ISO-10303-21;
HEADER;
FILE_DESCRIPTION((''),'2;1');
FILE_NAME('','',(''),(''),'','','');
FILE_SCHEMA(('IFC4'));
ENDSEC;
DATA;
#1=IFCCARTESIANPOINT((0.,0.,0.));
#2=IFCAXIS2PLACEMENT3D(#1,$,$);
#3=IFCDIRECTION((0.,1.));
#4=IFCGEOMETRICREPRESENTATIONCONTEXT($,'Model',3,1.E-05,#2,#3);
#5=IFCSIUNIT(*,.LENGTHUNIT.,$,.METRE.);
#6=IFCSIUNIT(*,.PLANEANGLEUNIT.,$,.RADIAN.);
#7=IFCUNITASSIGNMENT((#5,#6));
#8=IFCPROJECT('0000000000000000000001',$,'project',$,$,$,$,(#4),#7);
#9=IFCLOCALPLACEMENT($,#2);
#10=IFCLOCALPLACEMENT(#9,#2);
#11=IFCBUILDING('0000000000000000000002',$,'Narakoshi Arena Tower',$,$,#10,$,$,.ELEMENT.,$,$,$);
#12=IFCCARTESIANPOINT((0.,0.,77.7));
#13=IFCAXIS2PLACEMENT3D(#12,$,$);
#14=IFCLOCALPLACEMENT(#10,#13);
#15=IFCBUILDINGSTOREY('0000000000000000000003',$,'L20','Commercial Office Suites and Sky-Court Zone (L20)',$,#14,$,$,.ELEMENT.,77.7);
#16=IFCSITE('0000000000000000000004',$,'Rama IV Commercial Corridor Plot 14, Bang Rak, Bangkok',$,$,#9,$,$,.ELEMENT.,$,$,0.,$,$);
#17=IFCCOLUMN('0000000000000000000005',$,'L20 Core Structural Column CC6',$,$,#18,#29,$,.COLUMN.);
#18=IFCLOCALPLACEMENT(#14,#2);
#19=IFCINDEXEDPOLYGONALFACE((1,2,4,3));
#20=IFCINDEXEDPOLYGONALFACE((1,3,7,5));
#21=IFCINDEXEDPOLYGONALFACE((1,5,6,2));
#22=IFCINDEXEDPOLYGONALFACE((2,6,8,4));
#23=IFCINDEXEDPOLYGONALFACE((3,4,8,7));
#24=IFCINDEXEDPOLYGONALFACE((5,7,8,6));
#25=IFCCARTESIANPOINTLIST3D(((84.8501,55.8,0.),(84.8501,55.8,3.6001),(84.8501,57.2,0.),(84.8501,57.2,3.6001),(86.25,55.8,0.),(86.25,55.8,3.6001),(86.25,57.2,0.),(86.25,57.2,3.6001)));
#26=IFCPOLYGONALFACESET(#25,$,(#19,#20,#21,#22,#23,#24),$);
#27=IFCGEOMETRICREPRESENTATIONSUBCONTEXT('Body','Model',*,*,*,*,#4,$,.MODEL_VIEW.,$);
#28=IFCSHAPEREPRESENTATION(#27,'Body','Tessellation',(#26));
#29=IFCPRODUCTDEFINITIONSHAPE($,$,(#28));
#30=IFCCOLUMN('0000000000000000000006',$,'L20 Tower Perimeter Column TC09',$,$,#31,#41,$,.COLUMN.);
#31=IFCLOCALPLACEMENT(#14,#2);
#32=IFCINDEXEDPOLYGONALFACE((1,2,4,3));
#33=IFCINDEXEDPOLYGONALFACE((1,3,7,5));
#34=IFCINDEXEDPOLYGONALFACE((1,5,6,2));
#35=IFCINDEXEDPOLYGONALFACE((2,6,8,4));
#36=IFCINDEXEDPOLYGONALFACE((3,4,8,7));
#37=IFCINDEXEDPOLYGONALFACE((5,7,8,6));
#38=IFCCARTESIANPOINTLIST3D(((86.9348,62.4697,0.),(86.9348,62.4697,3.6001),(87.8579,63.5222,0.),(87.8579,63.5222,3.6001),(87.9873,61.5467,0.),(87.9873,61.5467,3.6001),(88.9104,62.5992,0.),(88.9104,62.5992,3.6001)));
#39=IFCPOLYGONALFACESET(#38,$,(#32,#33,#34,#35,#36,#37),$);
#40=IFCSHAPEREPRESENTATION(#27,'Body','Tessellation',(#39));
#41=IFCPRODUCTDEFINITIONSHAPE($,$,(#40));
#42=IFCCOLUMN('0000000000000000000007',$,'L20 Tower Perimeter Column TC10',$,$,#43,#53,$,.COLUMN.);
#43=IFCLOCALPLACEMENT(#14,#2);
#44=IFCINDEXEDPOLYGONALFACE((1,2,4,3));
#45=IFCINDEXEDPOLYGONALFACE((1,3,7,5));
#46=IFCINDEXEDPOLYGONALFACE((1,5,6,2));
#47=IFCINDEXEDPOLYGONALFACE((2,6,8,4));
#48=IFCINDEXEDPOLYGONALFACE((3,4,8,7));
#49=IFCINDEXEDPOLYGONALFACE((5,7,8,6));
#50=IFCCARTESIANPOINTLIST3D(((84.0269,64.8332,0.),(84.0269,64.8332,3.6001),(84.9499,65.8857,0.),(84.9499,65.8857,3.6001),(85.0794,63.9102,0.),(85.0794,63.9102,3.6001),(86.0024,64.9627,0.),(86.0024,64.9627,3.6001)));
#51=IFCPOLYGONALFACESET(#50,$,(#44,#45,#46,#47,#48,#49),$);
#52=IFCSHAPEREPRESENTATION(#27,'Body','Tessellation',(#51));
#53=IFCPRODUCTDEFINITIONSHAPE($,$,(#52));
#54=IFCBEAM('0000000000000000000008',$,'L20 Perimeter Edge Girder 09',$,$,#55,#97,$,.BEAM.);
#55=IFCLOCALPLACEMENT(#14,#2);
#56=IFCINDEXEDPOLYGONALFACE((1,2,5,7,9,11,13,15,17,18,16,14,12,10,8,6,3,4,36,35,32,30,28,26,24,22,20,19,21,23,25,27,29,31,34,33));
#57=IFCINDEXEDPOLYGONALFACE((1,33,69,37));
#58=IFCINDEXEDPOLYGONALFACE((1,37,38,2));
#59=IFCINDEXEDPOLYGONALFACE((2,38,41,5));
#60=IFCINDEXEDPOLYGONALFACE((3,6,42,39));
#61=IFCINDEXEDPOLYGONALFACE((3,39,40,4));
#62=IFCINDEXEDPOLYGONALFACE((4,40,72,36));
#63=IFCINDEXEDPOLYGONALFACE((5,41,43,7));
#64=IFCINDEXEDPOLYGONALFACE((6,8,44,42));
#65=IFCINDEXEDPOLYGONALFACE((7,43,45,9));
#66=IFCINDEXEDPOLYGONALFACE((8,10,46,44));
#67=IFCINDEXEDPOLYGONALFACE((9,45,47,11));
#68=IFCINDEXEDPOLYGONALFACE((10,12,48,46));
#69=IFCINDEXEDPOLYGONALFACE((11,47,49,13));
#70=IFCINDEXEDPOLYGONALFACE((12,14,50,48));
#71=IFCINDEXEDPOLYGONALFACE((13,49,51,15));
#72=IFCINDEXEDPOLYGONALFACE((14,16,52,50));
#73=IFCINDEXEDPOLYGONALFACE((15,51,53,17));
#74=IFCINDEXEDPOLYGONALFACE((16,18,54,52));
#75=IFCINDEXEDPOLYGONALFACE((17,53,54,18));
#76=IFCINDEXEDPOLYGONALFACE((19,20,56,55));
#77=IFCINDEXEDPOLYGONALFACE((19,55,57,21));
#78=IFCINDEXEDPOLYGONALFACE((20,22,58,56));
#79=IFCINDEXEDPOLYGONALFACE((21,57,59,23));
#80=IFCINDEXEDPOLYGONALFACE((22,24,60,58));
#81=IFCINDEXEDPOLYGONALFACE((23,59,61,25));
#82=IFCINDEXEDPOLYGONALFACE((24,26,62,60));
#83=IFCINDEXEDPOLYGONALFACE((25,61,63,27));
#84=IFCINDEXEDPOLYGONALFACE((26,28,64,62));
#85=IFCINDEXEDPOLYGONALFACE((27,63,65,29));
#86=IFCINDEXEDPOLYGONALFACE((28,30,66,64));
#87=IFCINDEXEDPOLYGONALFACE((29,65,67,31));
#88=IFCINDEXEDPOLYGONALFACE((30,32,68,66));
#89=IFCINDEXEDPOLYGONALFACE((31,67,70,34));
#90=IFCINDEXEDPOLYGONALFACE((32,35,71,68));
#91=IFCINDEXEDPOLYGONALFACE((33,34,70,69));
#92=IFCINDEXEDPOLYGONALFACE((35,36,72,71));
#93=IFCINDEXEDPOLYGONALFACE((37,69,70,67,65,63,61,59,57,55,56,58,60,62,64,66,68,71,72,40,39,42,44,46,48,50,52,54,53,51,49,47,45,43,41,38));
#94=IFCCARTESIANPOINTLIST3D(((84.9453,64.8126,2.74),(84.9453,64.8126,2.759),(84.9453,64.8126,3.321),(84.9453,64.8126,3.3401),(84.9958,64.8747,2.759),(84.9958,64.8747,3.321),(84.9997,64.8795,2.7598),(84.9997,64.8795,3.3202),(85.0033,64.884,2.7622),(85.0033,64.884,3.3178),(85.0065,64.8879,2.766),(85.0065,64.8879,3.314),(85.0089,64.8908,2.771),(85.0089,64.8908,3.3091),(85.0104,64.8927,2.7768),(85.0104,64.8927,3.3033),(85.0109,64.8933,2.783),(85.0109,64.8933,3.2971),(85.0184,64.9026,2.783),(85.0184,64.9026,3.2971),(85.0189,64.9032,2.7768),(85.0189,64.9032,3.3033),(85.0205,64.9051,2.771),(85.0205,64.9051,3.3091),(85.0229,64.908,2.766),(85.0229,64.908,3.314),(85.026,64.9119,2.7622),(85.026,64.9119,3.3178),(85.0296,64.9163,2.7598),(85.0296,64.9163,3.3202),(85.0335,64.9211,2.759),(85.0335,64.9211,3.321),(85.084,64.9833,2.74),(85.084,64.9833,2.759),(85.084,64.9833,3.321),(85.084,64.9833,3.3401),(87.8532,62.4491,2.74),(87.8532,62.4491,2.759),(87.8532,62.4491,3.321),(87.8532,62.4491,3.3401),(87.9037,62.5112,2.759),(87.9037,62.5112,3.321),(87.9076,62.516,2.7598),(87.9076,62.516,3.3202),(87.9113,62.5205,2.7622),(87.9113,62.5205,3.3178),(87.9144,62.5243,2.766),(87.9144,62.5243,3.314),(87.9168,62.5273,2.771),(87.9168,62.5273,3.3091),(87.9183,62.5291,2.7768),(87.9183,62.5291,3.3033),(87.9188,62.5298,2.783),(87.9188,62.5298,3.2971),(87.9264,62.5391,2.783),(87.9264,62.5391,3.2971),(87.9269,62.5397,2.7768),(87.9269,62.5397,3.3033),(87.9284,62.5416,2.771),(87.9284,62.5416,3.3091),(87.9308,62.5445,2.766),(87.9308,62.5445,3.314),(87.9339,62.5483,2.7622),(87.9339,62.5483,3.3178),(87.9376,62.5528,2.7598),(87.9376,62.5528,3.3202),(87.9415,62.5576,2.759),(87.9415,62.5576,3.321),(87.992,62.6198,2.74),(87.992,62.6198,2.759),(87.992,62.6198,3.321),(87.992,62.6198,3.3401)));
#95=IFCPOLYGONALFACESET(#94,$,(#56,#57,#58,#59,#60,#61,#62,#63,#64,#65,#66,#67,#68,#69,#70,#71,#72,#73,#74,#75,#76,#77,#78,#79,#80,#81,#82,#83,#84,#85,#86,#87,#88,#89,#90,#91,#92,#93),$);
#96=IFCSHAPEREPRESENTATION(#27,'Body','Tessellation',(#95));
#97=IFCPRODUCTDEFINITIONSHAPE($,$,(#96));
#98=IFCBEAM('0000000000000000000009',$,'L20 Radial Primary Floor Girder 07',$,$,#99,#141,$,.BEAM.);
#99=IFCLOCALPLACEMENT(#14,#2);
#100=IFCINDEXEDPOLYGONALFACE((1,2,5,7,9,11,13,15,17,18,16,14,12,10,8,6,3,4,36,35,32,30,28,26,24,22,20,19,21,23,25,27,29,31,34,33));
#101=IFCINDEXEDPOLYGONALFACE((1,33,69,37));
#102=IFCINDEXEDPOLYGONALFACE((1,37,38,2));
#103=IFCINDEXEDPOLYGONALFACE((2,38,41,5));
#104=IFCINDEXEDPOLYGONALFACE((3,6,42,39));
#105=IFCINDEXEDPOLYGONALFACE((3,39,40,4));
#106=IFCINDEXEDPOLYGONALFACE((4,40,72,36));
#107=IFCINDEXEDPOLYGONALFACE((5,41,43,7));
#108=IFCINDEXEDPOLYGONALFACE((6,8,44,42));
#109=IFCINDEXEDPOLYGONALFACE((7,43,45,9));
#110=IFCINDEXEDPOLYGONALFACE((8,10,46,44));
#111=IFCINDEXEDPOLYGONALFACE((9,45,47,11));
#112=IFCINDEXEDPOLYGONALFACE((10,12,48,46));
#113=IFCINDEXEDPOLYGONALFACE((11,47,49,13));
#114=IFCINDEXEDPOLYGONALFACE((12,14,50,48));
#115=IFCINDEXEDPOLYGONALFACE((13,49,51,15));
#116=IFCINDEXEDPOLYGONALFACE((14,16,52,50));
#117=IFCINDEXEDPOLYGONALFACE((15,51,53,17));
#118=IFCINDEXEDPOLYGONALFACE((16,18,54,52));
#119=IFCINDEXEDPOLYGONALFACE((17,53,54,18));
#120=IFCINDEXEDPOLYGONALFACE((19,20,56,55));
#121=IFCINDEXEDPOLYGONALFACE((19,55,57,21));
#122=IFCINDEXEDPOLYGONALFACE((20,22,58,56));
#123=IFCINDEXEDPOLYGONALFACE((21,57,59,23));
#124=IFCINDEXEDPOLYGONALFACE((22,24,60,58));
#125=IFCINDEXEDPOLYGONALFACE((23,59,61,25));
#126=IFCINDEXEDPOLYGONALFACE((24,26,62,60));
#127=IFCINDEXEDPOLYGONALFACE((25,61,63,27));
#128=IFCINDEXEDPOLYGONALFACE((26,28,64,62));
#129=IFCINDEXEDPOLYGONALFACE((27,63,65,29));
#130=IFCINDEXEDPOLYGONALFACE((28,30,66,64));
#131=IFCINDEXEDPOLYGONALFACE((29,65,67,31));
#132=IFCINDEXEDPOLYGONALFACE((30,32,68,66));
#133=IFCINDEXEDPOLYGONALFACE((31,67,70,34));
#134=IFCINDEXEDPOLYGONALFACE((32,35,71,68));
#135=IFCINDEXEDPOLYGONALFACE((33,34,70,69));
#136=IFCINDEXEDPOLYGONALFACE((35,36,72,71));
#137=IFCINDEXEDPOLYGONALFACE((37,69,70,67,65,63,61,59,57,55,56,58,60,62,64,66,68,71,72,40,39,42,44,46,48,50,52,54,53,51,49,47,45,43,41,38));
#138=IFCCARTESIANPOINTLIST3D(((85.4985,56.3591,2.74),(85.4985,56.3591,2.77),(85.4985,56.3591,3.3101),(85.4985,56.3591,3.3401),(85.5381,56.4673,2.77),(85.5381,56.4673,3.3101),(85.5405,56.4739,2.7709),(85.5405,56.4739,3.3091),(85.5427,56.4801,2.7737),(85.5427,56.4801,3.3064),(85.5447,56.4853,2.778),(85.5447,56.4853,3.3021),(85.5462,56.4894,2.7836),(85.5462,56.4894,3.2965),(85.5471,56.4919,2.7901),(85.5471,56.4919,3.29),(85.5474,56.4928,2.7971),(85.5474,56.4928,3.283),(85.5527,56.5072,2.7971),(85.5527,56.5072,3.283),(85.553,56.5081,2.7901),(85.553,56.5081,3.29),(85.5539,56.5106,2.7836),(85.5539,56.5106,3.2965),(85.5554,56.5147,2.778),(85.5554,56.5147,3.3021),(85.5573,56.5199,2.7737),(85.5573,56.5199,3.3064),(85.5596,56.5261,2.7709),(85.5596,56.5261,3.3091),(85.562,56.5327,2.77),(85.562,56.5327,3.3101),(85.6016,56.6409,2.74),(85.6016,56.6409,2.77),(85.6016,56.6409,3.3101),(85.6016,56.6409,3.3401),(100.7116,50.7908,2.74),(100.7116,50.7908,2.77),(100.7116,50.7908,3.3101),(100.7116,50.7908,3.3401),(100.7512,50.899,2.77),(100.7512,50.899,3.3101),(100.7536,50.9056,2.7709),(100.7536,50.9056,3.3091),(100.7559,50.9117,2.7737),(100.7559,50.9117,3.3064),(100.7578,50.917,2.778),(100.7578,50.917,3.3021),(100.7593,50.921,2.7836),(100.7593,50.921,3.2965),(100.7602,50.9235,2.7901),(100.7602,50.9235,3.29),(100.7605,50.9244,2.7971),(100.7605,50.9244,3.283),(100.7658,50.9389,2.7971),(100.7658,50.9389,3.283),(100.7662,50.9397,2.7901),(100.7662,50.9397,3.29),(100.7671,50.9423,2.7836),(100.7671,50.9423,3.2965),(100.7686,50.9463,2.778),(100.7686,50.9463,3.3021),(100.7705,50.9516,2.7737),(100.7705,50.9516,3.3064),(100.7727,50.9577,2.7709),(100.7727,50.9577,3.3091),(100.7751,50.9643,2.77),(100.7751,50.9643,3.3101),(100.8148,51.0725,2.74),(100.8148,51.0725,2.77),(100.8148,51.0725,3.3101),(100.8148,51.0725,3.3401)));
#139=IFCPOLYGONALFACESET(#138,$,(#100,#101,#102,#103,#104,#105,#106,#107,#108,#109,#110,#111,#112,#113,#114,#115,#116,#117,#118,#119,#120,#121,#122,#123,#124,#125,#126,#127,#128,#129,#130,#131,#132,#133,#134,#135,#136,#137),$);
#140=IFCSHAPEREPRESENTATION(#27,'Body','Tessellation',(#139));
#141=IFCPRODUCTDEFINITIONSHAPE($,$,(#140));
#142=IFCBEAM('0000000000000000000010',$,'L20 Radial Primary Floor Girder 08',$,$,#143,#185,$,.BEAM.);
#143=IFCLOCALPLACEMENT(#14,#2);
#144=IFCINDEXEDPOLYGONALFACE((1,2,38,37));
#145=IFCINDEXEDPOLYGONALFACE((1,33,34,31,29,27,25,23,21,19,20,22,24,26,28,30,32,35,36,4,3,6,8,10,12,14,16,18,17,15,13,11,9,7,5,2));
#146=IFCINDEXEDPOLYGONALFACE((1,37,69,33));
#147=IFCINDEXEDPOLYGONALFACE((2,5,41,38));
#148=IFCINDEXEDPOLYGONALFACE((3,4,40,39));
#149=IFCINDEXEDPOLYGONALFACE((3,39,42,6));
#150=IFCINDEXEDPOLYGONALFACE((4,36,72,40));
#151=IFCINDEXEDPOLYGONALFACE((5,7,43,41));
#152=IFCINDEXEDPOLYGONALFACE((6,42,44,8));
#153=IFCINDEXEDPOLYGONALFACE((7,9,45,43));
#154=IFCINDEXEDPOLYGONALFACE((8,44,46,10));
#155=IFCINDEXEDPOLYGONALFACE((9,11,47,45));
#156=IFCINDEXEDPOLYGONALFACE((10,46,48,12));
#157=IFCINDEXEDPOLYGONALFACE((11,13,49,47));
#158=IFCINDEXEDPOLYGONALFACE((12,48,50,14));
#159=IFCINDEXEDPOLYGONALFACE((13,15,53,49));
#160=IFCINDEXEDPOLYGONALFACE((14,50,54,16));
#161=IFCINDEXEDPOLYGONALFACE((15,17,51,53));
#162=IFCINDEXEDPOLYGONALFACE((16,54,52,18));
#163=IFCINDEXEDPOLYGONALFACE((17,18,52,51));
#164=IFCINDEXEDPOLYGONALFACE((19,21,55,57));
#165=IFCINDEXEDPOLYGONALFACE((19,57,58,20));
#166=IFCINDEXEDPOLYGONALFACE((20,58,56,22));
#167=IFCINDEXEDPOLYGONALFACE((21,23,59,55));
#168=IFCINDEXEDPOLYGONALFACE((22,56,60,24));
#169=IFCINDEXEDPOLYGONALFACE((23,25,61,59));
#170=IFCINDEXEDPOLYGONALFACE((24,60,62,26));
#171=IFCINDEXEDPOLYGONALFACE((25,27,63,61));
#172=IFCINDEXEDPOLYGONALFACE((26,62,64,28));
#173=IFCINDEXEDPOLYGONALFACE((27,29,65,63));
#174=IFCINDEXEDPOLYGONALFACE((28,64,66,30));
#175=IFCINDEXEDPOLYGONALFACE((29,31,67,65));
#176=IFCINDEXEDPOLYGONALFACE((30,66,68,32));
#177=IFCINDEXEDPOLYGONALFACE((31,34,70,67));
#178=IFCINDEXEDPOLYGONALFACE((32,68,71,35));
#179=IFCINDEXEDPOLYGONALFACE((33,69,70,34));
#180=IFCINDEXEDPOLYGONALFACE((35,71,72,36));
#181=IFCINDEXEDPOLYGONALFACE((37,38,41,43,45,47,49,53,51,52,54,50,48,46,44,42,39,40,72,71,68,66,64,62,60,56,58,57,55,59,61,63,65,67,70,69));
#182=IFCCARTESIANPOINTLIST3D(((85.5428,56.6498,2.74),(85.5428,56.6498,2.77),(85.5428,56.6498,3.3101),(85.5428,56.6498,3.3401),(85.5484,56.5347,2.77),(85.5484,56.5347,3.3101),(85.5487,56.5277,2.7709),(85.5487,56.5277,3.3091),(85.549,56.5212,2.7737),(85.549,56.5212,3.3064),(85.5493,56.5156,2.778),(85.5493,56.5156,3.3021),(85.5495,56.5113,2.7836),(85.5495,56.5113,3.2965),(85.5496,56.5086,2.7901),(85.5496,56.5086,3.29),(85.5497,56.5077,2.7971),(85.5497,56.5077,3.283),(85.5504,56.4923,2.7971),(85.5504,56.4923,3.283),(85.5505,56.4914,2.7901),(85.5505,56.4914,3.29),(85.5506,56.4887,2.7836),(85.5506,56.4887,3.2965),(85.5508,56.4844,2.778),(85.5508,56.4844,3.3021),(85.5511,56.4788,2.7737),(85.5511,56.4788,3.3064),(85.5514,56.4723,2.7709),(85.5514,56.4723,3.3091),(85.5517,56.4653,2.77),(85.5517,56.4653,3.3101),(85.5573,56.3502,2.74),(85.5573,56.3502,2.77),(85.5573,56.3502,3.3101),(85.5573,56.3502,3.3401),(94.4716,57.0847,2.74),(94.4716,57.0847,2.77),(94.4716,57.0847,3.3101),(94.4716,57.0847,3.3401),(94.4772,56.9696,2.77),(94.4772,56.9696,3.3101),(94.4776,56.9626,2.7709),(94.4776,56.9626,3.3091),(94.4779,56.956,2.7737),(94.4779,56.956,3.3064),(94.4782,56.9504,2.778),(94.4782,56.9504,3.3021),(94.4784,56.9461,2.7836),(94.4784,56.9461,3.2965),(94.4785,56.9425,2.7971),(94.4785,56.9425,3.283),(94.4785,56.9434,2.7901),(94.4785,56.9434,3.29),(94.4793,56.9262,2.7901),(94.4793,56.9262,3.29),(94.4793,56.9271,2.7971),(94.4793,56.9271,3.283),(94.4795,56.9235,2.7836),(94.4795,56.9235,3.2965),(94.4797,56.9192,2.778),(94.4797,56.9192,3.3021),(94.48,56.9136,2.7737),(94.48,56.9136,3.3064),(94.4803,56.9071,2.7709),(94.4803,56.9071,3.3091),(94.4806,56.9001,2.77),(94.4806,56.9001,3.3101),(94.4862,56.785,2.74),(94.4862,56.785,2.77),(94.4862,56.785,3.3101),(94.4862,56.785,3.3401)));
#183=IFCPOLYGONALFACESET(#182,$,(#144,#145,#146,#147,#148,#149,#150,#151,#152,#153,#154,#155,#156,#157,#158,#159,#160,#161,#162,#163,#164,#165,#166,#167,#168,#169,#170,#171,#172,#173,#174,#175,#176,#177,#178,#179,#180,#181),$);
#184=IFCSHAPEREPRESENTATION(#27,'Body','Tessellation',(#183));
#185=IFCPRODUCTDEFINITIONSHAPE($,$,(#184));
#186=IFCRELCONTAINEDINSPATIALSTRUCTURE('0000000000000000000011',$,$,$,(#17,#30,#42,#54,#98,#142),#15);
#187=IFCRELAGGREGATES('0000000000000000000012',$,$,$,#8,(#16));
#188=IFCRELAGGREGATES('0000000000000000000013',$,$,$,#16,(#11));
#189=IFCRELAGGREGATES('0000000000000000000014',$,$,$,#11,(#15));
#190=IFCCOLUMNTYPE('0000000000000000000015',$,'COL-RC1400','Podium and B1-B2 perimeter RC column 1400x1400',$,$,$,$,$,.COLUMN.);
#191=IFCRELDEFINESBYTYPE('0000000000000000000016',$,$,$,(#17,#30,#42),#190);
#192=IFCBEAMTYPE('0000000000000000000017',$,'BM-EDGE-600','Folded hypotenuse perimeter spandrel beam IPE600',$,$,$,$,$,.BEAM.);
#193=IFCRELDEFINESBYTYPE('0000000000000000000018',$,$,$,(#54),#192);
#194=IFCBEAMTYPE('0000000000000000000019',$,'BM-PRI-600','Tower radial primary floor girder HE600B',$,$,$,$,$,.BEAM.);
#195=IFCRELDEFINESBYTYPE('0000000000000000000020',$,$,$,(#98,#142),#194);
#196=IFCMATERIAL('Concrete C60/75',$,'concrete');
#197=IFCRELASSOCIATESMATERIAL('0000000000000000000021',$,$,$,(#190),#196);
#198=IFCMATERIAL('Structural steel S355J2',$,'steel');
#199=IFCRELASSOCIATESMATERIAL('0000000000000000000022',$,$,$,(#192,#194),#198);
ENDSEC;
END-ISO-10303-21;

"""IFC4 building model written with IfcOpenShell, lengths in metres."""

from ifc_helpers import new_model, si_unit, direction, frame, origin, origin_2d, place, context, subcontext, project, spatial, rectangle, i_section, extrude, material, material_profile, profile_set, type_object, element, save


model = new_model("IFC4")

# Units and contexts
model_context = context("Model", 3, precision=1e-05, world=origin(), true_north=direction((0.0, 1.0)))
body_context = subcontext(model_context, "Body", "Model", "MODEL_VIEW")
ifc_project = project(units=[si_unit("LENGTHUNIT", "METRE"), si_unit("PLANEANGLEUNIT", "RADIAN")], contexts=[model_context])

# Site, building, storey
site_placement = place(None, origin())
site = spatial("IfcSite", under=ifc_project, at=site_placement, Name="Rama IV Commercial Corridor Plot 14, Bang Rak, Bangkok", CompositionType="ELEMENT", RefElevation=0.0)
building_placement = place(site_placement, origin())
building = spatial("IfcBuilding", under=site, at=building_placement, Name="Narakoshi Arena Tower", CompositionType="ELEMENT")
storey_placement = place(building_placement, frame((0.0, 0.0, 77.7)))
storey = spatial("IfcBuildingStorey", under=building, at=storey_placement, Name="L20", Description="Commercial Office Suites and Sky-Court Zone (L20)", CompositionType="ELEMENT", Elevation=77.7)

# Columns
ifc_material_1 = material(Name="Concrete C60/75", Category="concrete")
ifc_material_profile_1 = material_profile(ifc_material_1, rectangle(XDim=1.3999, YDim=1.3999, at=origin_2d()), Name="RC1400x1400")
ifc_profile_set_1 = profile_set([ifc_material_profile_1], Name="Concrete C60/75")
column_type = type_object("IfcColumnType", Name="COL-RC1400", Description="Podium and B1-B2 perimeter RC column 1400x1400", PredefinedType="COLUMN", material=ifc_profile_set_1)
for number, where, z_axis, x_axis, name in (
    (1, (85.55, 56.5, 0.0), (0.0, 0.0, 1.0), (1.0, 0.0, 0.0), "L20 Core Structural Column CC6"),
    (2, (87.9226, 62.5344, 0.0), (0.0, 0.0, 1.0), (0.659346, 0.75184, 0.0), "L20 Tower Perimeter Column TC09"),
    (3, (85.0146, 64.8979, 0.0), (0.0, 0.0, 1.0), (0.659346, 0.75184, 0.0), "L20 Tower Perimeter Column TC10"),
):
    element("IfcColumn", number, at=place(storey_placement, frame(where, z_axis=z_axis, x_axis=x_axis)), inside=storey, type_object=column_type, Name=name, PredefinedType="COLUMN", context=body_context, shape_type="SweptSolid", body=[
        extrude(rectangle(XDim=1.3999, YDim=1.3999, at=origin_2d()), origin(), (0.0, 0.0, 1.0), 3.6001),
    ])

# Beams
ifc_material_2 = material(Name="Structural steel S355J2", Category="steel")
ifc_material_profile_2 = material_profile(ifc_material_2, i_section(OverallWidth=0.22, OverallDepth=0.6001, WebThickness=0.012, FlangeThickness=0.019, FilletRadius=0.0239, at=origin_2d()), Name="IPE600")
ifc_profile_set_2 = profile_set([ifc_material_profile_2], Name="Structural steel S355J2")
beam_type_1 = type_object("IfcBeamType", Name="BM-EDGE-600", Description="Folded hypotenuse perimeter spandrel beam IPE600", PredefinedType="BEAM", material=ifc_profile_set_2)
beam_1_placement = place(storey_placement, frame((87.9226, 62.5344, 3.04), z_axis=(-0.776008, 0.630723, 0.0), x_axis=(-0.630723, -0.776008, 0.0)))
element("IfcBeam", 4, at=beam_1_placement, inside=storey, type_object=beam_type_1, Name="L20 Perimeter Edge Girder 09", PredefinedType="BEAM", context=body_context, shape_type="SweptSolid", body=[
    extrude(i_section(OverallWidth=0.22, OverallDepth=0.6001, WebThickness=0.012, FlangeThickness=0.019, FilletRadius=0.0239, at=origin_2d()), origin(), (0.0, 0.0, 1.0), 3.7473),
])
ifc_material_profile_3 = material_profile(ifc_material_2, i_section(OverallWidth=0.3, OverallDepth=0.6001, WebThickness=0.0154, FlangeThickness=0.03, FilletRadius=0.0271, at=origin_2d()), Name="HE600B")
ifc_profile_set_3 = profile_set([ifc_material_profile_3], Name="Structural steel S355J2")
beam_type_2 = type_object("IfcBeamType", Name="BM-PRI-600", Description="Tower radial primary floor girder HE600B", PredefinedType="BEAM", material=ifc_profile_set_3)
beam_2_placement = place(storey_placement, frame((85.55, 56.5, 3.04), z_axis=(0.939071, -0.343722, 0.0), x_axis=(0.343722, 0.939071, 0.0)))
element("IfcBeam", 5, at=beam_2_placement, inside=storey, type_object=beam_type_2, Name="L20 Radial Primary Floor Girder 07", PredefinedType="BEAM", context=body_context, shape_type="SweptSolid", body=[
    extrude(i_section(OverallWidth=0.3, OverallDepth=0.6001, WebThickness=0.0154, FlangeThickness=0.03, FilletRadius=0.0271, at=origin_2d()), origin(), (0.0, 0.0, 1.0), 16.2002),
])
beam_3_placement = place(storey_placement, frame((85.55, 56.5, 3.04), z_axis=(0.998816, 0.048639, 0.0), x_axis=(-0.048639, 0.998816, 0.0)))
element("IfcBeam", 6, at=beam_3_placement, inside=storey, type_object=beam_type_2, Name="L20 Radial Primary Floor Girder 08", PredefinedType="BEAM", context=body_context, shape_type="SweptSolid", body=[
    extrude(i_section(OverallWidth=0.3, OverallDepth=0.6001, WebThickness=0.0154, FlangeThickness=0.03, FilletRadius=0.0271, at=origin_2d()), origin(), (0.0, 0.0, 1.0), 8.9395),
])

save(model, "model.ifc")
